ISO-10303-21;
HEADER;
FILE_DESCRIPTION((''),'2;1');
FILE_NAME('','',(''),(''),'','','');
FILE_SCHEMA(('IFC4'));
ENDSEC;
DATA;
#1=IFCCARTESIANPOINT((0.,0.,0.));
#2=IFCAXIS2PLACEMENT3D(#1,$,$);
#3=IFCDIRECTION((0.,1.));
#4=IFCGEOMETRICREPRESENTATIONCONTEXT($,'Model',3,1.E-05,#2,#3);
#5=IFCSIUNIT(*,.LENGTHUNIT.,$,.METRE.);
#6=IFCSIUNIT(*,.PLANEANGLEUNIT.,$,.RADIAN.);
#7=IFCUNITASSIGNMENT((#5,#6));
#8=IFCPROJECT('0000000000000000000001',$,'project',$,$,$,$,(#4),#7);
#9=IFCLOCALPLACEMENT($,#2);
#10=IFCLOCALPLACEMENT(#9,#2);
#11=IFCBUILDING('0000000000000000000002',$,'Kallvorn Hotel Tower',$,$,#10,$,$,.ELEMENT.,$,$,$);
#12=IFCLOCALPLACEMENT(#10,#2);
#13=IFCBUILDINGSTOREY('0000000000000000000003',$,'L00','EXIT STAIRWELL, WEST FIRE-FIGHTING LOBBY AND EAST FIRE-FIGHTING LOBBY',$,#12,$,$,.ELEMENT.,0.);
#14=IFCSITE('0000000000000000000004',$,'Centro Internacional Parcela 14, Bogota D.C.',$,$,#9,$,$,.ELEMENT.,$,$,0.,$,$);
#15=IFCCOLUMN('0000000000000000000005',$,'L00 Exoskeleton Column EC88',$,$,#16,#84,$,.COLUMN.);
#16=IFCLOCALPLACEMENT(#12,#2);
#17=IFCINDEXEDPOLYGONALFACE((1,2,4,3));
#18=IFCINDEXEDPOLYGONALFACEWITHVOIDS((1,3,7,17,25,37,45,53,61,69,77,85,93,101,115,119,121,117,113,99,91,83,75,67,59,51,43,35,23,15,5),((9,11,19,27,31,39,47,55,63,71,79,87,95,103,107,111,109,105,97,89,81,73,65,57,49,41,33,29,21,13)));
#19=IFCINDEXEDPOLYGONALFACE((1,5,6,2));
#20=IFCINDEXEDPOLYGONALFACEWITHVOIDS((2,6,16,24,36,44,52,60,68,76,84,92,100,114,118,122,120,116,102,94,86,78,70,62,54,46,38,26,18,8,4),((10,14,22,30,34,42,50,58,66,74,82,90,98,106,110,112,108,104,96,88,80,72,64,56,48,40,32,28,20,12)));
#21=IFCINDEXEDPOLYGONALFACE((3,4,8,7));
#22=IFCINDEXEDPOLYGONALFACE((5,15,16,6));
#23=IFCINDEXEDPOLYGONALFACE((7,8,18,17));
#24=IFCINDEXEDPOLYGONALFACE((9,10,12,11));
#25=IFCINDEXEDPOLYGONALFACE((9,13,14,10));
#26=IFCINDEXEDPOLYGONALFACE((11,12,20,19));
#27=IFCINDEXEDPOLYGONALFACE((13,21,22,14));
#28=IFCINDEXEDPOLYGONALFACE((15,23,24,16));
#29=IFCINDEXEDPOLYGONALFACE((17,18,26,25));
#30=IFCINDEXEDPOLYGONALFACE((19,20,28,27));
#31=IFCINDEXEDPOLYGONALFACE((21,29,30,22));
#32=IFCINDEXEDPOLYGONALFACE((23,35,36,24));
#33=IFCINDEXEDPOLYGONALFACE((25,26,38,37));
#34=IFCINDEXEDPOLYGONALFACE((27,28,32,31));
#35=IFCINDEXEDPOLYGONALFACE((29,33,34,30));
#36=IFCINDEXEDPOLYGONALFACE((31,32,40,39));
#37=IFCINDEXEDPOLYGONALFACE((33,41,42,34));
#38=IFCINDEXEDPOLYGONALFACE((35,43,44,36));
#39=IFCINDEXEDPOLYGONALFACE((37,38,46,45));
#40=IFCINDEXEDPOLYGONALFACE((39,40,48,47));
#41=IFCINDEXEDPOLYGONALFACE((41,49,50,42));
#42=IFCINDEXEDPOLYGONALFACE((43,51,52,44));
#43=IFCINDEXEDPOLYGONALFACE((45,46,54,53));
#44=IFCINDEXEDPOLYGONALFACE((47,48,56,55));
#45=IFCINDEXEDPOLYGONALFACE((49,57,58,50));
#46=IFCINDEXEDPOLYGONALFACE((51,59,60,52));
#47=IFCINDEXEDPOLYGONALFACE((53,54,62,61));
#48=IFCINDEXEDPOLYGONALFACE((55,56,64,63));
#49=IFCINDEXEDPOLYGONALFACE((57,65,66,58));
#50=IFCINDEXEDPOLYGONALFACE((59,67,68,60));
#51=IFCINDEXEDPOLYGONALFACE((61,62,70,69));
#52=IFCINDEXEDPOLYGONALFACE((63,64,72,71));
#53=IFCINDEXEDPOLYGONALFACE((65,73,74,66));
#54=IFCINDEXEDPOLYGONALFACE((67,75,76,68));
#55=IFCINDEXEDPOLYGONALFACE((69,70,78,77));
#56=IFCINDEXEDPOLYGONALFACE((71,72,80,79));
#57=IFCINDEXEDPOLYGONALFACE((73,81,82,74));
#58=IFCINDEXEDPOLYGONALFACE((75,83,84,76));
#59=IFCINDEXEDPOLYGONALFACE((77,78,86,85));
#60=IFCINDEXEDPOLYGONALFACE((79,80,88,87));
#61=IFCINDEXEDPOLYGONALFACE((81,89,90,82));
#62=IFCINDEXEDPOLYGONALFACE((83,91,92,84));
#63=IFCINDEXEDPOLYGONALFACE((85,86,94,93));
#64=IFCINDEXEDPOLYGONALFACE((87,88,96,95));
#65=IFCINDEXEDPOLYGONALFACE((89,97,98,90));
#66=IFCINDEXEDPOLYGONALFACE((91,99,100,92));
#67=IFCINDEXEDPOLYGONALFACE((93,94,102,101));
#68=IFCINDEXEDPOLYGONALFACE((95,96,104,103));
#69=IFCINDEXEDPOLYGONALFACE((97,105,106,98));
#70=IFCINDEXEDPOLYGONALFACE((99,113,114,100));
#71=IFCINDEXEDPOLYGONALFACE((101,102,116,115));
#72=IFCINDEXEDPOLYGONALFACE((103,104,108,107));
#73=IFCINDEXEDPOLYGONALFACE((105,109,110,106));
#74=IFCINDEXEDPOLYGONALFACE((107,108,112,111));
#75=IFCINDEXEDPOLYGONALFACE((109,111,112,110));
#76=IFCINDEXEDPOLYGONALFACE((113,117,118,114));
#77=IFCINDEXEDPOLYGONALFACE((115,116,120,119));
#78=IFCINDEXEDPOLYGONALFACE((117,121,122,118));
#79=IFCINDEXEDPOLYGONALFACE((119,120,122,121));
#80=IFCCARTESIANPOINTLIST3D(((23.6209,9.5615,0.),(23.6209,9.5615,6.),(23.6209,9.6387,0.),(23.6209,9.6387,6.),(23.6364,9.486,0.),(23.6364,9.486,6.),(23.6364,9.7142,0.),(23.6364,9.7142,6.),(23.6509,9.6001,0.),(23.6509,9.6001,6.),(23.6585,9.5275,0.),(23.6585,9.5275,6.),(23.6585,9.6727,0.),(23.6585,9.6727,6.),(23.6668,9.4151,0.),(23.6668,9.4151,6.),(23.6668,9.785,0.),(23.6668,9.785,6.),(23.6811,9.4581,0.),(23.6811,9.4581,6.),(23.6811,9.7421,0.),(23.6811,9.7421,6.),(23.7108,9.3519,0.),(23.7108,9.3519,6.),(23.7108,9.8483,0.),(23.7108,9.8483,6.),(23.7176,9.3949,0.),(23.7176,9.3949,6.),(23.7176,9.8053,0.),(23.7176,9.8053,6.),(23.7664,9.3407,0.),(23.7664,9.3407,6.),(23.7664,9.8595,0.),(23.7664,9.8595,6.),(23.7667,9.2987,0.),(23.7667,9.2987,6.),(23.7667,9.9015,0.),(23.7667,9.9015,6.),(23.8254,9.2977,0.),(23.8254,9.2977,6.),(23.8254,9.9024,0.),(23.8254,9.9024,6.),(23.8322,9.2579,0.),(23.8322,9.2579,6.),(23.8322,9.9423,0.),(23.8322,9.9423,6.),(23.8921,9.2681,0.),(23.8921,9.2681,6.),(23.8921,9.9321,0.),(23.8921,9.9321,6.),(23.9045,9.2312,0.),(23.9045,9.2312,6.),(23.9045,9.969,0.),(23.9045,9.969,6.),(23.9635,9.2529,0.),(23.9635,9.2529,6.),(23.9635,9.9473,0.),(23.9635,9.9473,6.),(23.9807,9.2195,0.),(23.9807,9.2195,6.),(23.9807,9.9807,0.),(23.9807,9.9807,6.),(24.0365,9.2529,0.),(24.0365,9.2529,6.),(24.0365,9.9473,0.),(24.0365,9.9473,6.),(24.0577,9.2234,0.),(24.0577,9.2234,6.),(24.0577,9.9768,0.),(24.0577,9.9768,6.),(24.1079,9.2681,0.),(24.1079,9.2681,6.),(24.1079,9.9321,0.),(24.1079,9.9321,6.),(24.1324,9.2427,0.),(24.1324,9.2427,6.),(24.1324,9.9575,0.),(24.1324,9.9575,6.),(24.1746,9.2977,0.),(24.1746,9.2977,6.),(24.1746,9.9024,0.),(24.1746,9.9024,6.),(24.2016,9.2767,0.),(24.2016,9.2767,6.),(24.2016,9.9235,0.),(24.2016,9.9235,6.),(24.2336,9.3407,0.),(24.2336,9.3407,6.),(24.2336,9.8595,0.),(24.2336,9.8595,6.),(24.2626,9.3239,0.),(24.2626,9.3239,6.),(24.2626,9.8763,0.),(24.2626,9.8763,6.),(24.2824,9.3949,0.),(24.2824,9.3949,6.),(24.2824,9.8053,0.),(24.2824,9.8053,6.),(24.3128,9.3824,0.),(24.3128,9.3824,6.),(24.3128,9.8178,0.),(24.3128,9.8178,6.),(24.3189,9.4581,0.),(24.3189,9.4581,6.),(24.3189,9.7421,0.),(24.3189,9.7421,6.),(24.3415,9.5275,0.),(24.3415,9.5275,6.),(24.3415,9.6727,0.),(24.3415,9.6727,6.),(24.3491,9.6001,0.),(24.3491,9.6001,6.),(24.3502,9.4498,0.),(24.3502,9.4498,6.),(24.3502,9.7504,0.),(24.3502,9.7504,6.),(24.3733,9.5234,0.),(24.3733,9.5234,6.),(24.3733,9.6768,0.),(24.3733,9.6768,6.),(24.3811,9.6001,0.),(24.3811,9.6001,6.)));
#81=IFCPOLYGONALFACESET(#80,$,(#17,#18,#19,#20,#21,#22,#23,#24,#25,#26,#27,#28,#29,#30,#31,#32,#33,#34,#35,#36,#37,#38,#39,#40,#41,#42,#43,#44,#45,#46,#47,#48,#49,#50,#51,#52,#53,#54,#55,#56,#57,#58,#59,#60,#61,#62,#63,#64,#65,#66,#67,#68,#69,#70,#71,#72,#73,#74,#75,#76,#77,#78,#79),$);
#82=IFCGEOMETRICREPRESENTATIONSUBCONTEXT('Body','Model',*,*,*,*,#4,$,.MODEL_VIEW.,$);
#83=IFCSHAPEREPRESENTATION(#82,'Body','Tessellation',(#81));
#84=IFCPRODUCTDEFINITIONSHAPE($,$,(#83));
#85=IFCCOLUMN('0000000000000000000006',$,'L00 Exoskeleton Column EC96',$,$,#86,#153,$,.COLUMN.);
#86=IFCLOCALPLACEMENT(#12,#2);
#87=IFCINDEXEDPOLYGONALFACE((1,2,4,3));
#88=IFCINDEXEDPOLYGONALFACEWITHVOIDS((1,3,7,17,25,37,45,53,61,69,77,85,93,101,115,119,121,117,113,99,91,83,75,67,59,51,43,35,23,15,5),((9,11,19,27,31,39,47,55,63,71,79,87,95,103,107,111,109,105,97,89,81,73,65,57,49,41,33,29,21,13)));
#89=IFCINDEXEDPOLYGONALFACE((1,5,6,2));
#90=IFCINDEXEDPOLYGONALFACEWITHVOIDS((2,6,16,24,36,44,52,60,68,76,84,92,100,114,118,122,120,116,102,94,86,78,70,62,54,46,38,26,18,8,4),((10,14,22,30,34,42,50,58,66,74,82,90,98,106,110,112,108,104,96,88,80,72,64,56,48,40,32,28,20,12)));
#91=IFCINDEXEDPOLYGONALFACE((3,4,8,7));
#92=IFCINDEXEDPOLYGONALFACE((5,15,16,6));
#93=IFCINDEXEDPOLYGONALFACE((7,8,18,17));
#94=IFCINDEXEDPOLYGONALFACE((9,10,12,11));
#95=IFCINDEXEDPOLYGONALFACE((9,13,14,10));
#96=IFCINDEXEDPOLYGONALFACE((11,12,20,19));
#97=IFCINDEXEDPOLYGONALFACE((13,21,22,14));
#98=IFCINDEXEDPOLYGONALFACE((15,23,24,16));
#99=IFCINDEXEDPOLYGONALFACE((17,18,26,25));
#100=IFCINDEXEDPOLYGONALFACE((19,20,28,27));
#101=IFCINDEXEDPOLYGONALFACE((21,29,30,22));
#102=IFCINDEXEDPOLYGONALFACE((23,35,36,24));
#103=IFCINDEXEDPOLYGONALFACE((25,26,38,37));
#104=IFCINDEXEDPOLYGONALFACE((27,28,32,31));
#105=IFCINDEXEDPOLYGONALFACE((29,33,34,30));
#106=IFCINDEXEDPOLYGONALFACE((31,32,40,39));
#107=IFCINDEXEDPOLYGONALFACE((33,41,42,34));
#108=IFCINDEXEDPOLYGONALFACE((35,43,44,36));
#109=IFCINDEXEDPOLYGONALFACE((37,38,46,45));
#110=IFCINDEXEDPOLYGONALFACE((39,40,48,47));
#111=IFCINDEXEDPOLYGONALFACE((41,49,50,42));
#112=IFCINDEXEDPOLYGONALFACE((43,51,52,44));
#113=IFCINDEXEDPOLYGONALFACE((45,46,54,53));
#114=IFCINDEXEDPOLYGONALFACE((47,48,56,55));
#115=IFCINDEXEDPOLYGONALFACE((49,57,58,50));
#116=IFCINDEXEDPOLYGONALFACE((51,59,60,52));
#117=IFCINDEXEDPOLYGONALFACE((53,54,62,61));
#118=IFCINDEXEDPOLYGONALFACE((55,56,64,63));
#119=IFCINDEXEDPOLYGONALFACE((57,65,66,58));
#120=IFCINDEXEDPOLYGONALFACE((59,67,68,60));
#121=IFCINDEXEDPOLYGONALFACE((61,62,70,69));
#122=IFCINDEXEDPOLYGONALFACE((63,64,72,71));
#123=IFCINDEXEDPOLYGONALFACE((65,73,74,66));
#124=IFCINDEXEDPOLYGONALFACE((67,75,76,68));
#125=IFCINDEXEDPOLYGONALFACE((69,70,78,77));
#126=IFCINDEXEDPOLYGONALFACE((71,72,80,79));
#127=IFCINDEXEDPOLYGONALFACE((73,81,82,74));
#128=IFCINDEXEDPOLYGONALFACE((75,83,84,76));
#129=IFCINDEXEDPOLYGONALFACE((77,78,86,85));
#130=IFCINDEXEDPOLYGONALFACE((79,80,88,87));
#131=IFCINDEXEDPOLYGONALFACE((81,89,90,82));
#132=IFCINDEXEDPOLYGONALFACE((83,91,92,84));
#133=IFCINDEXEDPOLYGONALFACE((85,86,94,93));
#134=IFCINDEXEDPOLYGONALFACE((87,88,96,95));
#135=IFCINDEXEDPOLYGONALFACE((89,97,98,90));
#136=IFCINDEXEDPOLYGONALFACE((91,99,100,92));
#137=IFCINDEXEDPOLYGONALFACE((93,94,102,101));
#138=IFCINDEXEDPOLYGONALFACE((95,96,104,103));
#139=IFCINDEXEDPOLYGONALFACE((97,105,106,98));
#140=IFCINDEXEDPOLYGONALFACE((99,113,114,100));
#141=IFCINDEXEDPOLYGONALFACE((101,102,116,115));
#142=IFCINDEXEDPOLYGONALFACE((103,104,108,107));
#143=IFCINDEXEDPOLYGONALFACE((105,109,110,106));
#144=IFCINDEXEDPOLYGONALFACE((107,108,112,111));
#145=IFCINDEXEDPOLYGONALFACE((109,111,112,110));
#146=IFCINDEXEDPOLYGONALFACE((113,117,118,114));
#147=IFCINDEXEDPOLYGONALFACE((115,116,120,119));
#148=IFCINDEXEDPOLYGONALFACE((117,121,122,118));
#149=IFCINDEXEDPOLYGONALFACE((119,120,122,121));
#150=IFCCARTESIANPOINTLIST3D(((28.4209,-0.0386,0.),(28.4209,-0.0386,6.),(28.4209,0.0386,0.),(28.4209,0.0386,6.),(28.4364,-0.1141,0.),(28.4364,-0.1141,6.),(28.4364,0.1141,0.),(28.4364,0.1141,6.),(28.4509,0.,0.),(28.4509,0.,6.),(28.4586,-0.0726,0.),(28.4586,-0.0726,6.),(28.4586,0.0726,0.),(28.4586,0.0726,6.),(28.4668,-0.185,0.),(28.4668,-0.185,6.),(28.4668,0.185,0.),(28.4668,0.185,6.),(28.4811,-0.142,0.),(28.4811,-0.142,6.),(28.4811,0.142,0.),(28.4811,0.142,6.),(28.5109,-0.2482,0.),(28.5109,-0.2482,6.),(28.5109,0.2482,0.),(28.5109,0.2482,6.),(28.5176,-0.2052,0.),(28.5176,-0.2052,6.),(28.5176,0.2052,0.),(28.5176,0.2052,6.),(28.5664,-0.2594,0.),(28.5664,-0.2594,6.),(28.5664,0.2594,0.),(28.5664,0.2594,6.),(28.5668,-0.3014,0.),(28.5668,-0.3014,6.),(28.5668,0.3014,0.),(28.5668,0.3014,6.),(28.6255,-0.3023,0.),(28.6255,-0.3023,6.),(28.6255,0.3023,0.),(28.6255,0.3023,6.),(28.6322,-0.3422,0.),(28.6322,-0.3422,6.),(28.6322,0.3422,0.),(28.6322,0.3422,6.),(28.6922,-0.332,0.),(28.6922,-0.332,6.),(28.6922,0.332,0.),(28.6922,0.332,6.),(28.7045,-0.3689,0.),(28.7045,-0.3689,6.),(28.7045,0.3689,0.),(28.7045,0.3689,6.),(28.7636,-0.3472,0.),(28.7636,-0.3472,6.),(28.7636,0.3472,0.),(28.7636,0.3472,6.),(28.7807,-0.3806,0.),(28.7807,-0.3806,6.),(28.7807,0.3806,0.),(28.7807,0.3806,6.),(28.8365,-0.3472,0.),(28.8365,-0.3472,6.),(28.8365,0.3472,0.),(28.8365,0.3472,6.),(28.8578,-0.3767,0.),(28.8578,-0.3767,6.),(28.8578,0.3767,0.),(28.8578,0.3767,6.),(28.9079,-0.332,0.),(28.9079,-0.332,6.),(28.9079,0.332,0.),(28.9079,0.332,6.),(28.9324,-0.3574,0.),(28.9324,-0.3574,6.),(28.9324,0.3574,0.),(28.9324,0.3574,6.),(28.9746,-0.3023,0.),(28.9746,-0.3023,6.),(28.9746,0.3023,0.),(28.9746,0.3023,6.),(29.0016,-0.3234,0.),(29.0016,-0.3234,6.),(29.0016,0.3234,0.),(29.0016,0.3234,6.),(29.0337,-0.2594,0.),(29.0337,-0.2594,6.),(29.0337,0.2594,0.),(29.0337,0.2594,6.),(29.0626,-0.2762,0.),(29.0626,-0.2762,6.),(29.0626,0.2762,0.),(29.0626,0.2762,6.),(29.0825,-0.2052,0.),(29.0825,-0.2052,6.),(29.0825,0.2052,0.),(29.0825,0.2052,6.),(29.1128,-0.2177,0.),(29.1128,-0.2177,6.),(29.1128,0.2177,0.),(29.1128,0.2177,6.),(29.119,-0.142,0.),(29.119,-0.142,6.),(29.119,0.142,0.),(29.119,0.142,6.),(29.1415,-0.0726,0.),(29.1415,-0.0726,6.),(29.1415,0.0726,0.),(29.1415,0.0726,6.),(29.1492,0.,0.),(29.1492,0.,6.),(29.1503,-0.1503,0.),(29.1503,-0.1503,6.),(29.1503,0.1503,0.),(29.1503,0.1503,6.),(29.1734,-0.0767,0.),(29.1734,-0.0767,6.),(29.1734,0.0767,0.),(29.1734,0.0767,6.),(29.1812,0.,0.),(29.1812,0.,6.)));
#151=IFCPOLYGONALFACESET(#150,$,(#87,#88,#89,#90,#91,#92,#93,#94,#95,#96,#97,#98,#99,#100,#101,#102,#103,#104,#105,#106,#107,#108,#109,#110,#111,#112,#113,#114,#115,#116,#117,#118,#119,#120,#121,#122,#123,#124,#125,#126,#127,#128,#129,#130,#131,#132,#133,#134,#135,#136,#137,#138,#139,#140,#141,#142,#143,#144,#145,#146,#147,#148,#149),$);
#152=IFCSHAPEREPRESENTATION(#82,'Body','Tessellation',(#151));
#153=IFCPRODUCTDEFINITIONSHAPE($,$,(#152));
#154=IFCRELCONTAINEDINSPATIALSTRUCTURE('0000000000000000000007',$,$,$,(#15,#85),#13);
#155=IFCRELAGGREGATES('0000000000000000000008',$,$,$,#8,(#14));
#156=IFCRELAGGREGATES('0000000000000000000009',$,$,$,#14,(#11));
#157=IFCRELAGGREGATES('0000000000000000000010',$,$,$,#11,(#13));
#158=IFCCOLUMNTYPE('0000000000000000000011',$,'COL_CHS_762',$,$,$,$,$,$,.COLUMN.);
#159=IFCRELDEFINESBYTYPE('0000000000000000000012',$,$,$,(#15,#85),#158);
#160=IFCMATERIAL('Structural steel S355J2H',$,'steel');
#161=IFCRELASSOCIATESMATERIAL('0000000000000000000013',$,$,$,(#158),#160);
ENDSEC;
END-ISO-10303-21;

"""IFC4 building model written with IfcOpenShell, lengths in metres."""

from ifc_helpers import new_model, si_unit, direction, frame, origin, origin_2d, place, context, subcontext, project, spatial, hollow_circle, extrude, material, material_profile, profile_set, type_object, element, save


model = new_model("IFC4")

# Units and contexts
model_context = context("Model", 3, precision=1e-05, world=origin(), true_north=direction((0.0, 1.0)))
body_context = subcontext(model_context, "Body", "Model", "MODEL_VIEW")
ifc_project = project(units=[si_unit("LENGTHUNIT", "METRE"), si_unit("PLANEANGLEUNIT", "RADIAN")], contexts=[model_context])

# Site, building, storey
site_placement = place(None, origin())
site = spatial("IfcSite", under=ifc_project, at=site_placement, Name="Centro Internacional Parcela 14, Bogota D.C.", CompositionType="ELEMENT", RefElevation=0.0)
building_placement = place(site_placement, origin())
building = spatial("IfcBuilding", under=site, at=building_placement, Name="Kallvorn Hotel Tower", CompositionType="ELEMENT")
storey_placement = place(building_placement, origin())
storey = spatial("IfcBuildingStorey", under=building, at=storey_placement, Name="L00", Description="EXIT STAIRWELL, WEST FIRE-FIGHTING LOBBY AND EAST FIRE-FIGHTING LOBBY", CompositionType="ELEMENT", Elevation=0.0)

# Columns
ifc_material_1 = material(Name="Structural steel S355J2H", Category="steel")
ifc_material_profile_1 = material_profile(ifc_material_1, hollow_circle(Radius=0.3811, WallThickness=0.032, at=origin_2d()), Name="CHS 762x32")
ifc_profile_set_1 = profile_set([ifc_material_profile_1], Name="Structural steel S355J2H")
column_type_1 = type_object("IfcColumnType", Name="COL_CHS_762", PredefinedType="COLUMN", material=ifc_profile_set_1)
for number, where, z_axis, x_axis, name in (
    (1, (24.0, 9.6001, 0.0), (0.0, 0.0, 1.0), (1.0, 0.0, 0.0), "L00 Exoskeleton Column EC88"),
    (2, (28.8, 0.0, 0.0), (0.0, 0.0, 1.0), (1.0, 0.0, 0.0), "L00 Exoskeleton Column EC96"),
):
    element("IfcColumn", number, at=place(storey_placement, frame(where, z_axis=z_axis, x_axis=x_axis)), inside=storey, type_object=column_type_1, Name=name, PredefinedType="COLUMN", context=body_context, shape_type="SweptSolid", body=[
        extrude(hollow_circle(Radius=0.3811, WallThickness=0.032, at=origin_2d()), origin(), (0.0, 0.0, 1.0), 6.0),
    ])

save(model, "model.ifc")
